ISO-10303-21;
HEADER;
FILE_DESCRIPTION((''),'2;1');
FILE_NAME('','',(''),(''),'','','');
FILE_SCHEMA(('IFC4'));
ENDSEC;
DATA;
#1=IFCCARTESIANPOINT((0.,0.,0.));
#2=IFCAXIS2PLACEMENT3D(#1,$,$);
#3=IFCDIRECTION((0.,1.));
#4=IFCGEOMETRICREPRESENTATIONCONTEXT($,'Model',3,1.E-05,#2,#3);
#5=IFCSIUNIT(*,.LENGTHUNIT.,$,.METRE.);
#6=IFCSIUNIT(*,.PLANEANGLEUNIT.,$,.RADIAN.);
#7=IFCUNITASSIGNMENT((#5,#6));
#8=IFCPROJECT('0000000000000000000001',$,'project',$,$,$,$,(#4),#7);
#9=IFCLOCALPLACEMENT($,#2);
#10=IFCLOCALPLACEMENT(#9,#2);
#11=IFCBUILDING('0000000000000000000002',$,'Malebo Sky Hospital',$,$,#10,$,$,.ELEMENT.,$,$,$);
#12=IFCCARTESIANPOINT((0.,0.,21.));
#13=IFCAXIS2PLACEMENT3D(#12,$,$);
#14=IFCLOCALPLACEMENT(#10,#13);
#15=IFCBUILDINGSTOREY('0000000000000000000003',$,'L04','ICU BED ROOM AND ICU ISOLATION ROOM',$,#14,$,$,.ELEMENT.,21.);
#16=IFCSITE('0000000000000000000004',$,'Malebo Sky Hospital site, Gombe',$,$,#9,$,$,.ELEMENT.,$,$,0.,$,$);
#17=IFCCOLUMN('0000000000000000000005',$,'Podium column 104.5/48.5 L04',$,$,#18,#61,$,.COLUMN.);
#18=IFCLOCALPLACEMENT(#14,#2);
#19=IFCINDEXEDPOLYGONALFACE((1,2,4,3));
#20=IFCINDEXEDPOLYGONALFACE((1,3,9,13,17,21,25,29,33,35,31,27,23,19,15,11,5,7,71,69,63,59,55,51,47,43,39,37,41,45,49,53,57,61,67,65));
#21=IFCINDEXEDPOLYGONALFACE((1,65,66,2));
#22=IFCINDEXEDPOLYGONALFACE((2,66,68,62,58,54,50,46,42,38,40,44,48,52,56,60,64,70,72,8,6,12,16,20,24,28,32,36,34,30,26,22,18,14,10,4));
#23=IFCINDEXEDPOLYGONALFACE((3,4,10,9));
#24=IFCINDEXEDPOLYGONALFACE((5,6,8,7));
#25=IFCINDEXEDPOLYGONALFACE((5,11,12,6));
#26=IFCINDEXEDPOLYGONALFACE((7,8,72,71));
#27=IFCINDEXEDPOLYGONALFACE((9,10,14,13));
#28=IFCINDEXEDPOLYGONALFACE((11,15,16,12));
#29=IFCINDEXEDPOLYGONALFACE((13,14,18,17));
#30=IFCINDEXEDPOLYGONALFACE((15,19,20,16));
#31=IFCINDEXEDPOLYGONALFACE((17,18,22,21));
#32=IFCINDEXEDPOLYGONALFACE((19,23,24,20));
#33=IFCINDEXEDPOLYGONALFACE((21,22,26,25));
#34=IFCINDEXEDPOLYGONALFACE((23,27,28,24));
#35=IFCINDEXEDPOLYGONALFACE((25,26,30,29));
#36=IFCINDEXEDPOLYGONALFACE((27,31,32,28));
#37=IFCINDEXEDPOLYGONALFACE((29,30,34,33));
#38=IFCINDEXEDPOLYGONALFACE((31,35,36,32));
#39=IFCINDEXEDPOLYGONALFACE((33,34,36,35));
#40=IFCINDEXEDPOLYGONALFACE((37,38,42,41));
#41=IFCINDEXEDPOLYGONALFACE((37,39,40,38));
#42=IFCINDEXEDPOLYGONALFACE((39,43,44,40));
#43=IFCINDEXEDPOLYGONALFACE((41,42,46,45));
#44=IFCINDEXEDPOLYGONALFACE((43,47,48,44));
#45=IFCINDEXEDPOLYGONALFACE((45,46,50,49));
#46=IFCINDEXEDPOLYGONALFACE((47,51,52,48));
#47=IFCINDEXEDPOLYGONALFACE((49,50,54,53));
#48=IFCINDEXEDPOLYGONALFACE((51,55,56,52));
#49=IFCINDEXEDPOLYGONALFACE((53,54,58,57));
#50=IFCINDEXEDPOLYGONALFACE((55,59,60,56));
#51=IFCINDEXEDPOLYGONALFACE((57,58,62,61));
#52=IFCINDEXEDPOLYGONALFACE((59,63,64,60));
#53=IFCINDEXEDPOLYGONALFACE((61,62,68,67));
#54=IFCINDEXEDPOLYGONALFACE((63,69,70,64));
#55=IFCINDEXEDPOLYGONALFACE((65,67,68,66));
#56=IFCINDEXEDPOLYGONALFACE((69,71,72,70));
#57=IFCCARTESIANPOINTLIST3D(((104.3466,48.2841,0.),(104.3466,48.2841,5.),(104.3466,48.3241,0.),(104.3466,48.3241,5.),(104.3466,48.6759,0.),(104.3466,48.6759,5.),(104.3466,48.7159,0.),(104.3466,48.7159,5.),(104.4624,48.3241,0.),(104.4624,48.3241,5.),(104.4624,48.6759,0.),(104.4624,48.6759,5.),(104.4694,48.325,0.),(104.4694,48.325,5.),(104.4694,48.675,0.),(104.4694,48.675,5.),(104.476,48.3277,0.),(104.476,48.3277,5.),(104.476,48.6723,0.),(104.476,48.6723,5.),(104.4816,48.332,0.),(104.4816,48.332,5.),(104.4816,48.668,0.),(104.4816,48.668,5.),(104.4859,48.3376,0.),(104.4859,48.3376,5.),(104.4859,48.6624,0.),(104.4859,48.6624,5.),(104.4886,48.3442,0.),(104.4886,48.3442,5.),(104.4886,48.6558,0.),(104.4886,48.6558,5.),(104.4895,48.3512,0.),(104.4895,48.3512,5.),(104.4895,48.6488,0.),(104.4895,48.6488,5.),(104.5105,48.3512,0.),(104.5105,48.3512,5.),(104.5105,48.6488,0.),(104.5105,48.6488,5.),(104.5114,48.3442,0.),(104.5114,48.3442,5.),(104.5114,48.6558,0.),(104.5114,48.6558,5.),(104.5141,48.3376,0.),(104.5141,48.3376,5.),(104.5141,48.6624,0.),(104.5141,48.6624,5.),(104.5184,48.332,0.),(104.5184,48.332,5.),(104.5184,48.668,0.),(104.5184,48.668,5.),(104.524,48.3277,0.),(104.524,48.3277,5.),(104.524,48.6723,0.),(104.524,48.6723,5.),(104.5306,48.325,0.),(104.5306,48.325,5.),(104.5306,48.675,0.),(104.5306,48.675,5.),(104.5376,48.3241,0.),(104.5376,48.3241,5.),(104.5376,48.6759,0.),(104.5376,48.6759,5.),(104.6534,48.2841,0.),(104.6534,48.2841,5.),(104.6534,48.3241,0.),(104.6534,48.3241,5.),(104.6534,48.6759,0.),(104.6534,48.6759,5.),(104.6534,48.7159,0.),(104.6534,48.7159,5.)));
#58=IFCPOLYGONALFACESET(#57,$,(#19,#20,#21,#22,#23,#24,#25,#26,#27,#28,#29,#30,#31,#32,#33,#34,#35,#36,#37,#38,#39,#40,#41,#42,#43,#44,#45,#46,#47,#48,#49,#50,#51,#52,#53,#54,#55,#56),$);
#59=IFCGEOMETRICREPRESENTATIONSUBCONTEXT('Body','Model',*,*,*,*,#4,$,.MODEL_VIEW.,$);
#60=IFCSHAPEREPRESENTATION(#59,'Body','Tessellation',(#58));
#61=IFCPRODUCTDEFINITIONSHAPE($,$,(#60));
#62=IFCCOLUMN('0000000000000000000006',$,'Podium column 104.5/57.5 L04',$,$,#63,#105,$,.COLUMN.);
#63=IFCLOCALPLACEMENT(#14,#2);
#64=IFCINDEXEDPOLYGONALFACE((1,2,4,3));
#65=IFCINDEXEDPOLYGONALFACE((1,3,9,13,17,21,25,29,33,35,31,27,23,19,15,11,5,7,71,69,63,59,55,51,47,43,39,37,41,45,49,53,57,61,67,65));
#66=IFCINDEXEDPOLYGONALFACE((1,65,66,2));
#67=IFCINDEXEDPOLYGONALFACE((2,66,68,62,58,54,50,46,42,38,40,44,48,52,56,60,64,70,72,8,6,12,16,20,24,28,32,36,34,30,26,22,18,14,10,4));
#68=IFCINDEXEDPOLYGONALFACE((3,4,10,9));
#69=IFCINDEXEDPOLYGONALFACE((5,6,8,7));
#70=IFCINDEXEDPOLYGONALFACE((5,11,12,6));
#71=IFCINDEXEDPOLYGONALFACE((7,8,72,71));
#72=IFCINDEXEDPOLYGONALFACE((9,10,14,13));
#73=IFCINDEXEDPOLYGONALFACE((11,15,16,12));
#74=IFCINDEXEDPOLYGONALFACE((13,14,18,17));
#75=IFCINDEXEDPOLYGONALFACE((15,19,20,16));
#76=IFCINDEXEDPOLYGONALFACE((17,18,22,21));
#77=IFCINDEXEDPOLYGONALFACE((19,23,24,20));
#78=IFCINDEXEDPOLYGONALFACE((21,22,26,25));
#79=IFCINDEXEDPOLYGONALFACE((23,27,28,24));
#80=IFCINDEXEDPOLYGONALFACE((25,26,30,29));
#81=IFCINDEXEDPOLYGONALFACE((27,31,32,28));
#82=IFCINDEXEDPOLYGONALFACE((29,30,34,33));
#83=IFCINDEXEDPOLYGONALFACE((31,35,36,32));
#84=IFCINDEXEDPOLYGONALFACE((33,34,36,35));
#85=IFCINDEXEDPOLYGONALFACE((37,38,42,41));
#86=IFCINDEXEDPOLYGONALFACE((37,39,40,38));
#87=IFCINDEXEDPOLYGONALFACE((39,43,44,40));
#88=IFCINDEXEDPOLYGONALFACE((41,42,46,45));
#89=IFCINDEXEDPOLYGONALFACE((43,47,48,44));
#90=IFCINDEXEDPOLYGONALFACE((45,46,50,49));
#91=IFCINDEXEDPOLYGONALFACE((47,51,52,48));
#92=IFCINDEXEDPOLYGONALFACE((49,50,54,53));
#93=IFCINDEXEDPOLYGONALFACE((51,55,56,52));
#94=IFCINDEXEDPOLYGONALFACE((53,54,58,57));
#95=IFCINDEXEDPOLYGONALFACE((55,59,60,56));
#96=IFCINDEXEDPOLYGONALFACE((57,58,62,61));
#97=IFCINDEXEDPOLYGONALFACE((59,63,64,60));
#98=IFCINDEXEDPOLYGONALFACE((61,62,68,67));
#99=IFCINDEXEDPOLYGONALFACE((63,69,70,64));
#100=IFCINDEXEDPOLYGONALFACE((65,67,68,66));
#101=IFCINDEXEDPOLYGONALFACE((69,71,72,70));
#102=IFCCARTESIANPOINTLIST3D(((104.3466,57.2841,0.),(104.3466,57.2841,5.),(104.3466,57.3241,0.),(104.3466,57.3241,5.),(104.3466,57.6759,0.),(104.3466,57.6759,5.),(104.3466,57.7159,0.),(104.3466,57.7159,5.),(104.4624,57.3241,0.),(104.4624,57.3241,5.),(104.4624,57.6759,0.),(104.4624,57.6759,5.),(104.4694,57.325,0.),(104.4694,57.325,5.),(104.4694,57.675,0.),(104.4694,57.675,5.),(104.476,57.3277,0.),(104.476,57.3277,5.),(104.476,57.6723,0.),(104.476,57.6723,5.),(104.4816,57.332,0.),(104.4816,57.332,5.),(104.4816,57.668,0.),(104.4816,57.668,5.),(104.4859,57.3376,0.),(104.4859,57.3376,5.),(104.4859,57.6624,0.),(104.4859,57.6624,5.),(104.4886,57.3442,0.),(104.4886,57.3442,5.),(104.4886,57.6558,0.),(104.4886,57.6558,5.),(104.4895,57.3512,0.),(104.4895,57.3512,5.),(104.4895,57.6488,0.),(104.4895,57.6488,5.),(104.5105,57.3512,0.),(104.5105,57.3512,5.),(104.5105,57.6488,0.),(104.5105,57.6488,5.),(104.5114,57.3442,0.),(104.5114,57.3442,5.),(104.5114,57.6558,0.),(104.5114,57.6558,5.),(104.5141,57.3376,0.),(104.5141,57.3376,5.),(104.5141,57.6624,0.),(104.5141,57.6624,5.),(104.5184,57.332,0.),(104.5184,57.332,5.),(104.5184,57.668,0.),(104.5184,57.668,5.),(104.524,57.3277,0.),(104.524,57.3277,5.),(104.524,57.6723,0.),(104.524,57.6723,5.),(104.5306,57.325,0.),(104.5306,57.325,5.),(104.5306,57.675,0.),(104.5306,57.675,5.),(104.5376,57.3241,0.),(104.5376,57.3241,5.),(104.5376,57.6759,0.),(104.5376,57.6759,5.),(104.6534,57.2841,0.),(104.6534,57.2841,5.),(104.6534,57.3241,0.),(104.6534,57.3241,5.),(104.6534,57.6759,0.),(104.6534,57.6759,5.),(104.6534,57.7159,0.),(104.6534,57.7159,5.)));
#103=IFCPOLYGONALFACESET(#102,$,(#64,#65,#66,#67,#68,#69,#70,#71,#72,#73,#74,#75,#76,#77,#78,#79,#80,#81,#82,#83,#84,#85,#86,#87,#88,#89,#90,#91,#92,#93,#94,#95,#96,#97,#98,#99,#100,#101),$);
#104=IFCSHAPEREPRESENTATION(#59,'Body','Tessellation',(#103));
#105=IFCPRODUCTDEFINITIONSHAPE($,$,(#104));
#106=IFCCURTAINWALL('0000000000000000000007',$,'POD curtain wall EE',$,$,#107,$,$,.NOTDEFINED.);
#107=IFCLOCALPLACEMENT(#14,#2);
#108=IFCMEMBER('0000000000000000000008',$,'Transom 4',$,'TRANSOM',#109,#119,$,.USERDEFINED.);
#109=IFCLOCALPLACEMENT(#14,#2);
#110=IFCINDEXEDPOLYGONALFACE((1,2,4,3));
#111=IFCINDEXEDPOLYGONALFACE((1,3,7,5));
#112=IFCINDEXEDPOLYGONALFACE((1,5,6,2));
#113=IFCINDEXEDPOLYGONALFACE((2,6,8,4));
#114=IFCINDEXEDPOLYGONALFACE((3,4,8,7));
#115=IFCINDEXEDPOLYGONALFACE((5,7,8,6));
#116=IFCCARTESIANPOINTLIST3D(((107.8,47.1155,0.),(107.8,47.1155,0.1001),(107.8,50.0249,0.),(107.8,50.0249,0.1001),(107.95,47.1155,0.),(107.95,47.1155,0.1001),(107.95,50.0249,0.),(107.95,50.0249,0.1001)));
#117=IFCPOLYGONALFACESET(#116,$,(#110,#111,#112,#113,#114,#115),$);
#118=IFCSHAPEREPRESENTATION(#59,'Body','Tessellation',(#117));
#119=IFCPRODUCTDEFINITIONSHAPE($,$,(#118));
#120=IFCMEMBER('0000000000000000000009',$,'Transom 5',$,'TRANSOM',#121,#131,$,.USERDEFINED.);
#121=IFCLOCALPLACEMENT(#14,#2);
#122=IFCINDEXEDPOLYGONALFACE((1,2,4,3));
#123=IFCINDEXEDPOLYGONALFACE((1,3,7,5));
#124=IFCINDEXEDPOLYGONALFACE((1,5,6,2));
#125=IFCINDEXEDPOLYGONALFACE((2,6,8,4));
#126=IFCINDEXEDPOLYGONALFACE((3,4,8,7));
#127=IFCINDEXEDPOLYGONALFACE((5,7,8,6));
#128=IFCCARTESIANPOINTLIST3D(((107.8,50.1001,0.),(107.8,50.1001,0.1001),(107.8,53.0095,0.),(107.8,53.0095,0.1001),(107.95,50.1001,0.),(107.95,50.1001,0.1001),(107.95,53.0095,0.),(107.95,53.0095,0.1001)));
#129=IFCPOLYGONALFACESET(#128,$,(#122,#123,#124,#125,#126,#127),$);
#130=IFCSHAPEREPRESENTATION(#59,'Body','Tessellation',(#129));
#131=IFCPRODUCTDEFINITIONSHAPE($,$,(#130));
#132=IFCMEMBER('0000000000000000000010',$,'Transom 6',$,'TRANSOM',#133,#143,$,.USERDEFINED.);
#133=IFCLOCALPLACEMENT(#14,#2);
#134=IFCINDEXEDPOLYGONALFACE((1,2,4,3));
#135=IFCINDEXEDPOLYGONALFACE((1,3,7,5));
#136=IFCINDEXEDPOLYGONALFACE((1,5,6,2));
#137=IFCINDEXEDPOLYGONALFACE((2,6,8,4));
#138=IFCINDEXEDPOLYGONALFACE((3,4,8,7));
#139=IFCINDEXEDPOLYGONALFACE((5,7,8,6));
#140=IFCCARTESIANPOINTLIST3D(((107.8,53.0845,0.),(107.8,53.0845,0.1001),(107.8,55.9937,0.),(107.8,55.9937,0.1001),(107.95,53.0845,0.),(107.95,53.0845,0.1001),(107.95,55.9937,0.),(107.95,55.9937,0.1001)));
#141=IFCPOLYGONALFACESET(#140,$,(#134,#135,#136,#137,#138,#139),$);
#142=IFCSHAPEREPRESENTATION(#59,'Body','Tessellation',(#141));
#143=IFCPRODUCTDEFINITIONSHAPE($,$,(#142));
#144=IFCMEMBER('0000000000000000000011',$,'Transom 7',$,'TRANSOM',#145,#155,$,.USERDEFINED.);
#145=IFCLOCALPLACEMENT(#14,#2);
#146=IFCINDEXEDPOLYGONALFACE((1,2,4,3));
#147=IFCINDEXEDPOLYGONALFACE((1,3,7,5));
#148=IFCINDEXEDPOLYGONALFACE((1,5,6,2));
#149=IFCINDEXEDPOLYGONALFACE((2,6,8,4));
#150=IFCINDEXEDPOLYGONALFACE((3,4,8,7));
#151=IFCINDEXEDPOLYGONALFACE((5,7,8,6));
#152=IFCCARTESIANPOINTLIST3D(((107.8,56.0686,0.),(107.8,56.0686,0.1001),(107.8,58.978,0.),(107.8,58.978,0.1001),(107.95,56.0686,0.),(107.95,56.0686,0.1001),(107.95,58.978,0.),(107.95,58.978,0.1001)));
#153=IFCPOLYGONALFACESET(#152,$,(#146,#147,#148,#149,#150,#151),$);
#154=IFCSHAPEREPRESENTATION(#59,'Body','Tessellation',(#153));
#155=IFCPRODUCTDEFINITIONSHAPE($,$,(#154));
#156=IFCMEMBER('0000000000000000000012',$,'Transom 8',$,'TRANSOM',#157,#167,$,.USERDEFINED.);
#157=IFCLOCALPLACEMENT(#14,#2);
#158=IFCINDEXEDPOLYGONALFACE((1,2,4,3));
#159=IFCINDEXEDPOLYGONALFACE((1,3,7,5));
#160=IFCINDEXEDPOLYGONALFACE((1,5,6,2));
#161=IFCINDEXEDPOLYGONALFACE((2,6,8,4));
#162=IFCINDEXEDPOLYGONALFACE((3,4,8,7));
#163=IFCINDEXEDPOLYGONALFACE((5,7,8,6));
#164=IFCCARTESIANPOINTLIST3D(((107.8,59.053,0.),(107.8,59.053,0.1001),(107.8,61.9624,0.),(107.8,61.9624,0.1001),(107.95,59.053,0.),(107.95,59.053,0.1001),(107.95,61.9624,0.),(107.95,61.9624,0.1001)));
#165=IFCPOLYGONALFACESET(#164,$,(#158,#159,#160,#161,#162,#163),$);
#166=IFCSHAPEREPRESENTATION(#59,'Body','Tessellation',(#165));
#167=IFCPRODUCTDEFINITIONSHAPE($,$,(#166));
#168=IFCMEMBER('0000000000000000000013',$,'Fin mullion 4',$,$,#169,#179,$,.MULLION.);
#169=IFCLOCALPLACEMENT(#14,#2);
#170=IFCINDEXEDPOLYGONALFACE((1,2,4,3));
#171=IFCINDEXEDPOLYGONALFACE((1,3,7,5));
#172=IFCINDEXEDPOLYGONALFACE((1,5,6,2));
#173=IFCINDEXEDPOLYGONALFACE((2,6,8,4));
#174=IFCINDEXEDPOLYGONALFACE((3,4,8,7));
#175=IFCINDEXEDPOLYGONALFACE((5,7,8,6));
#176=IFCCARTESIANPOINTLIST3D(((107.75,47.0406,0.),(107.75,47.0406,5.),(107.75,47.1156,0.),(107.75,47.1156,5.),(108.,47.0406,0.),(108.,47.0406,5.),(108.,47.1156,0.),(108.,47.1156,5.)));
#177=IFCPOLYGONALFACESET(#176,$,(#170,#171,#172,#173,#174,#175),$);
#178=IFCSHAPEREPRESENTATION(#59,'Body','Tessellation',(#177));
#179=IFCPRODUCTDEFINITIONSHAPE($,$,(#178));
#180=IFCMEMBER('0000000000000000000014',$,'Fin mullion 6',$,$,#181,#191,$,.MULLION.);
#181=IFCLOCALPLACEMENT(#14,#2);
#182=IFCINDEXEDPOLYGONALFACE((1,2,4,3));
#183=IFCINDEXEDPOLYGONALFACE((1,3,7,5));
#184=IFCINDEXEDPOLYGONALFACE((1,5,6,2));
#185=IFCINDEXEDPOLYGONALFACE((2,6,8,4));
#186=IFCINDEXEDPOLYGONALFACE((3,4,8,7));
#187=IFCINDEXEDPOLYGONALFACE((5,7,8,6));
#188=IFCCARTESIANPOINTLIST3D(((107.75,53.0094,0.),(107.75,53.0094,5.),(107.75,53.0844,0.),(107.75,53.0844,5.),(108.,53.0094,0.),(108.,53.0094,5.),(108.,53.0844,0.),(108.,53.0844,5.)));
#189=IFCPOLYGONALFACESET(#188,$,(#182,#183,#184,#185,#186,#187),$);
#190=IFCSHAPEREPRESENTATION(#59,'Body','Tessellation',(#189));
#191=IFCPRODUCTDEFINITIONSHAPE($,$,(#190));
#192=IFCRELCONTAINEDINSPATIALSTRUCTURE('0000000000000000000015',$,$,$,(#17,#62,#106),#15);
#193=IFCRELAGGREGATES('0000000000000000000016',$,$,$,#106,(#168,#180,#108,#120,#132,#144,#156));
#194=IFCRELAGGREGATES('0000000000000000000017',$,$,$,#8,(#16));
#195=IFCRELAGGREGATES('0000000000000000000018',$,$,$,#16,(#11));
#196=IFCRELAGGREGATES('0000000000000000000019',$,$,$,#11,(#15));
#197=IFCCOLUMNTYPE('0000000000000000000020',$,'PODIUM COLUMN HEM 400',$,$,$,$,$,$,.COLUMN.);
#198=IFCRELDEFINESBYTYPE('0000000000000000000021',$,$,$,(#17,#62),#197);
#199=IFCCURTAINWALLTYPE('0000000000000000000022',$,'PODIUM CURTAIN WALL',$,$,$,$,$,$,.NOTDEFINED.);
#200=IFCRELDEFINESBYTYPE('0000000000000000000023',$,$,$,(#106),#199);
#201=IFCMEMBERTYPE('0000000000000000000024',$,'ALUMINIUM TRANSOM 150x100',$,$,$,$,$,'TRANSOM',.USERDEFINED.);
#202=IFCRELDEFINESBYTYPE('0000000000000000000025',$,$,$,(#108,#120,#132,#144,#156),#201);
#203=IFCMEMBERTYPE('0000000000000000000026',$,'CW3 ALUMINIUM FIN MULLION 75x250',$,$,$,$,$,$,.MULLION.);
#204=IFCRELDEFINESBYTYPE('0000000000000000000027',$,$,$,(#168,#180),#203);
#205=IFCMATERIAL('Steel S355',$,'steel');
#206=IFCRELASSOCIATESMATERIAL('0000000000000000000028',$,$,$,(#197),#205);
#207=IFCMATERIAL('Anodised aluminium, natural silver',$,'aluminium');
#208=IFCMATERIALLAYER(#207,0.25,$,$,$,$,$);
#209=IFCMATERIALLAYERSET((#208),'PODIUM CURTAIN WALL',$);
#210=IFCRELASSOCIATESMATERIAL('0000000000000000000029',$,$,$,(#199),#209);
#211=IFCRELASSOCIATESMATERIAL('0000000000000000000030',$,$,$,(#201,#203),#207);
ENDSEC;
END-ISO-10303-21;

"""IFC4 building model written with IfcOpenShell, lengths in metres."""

from ifc_helpers import new_model, si_unit, direction, frame, origin, origin_2d, place, context, subcontext, project, spatial, rectangle, i_section, extrude, material, layer, layer_set, material_profile, profile_set, type_object, element, aggregate, save


model = new_model("IFC4")

# Units and contexts
model_context = context("Model", 3, precision=1e-05, world=origin(), true_north=direction((0.0, 1.0)))
body_context = subcontext(model_context, "Body", "Model", "MODEL_VIEW")
ifc_project = project(units=[si_unit("LENGTHUNIT", "METRE"), si_unit("PLANEANGLEUNIT", "RADIAN")], contexts=[model_context])

# Site, building, storey
site_placement = place(None, origin())
site = spatial("IfcSite", under=ifc_project, at=site_placement, Name="Malebo Sky Hospital site, Gombe", CompositionType="ELEMENT", RefElevation=0.0)
building_placement = place(site_placement, origin())
building = spatial("IfcBuilding", under=site, at=building_placement, Name="Malebo Sky Hospital", CompositionType="ELEMENT")
storey_placement = place(building_placement, frame((0.0, 0.0, 21.0)))
storey = spatial("IfcBuildingStorey", under=building, at=storey_placement, Name="L04", Description="ICU BED ROOM AND ICU ISOLATION ROOM", CompositionType="ELEMENT", Elevation=21.0)

# Columns
ifc_material_1 = material(Name="Steel S355", Category="steel")
ifc_material_profile_1 = material_profile(ifc_material_1, i_section(OverallWidth=0.3069, OverallDepth=0.4319, WebThickness=0.021, FlangeThickness=0.04, FilletRadius=0.0271, at=origin_2d()), Name="HEM 400")
ifc_profile_set_1 = profile_set([ifc_material_profile_1], Name="Steel S355")
column_type = type_object("IfcColumnType", Name="PODIUM COLUMN HEM 400", PredefinedType="COLUMN", material=ifc_profile_set_1)
for number, where, z_axis, x_axis, name in (
    (1, (104.5, 48.5, 0.0), (0.0, 0.0, 1.0), (1.0, 0.0, 0.0), "Podium column 104.5/48.5 L04"),
    (2, (104.5, 57.5, 0.0), (0.0, 0.0, 1.0), (1.0, 0.0, 0.0), "Podium column 104.5/57.5 L04"),
):
    element("IfcColumn", number, at=place(storey_placement, frame(where, z_axis=z_axis, x_axis=x_axis)), inside=storey, type_object=column_type, Name=name, PredefinedType="COLUMN", context=body_context, shape_type="SweptSolid", body=[
        extrude(i_section(OverallWidth=0.3069, OverallDepth=0.4319, WebThickness=0.021, FlangeThickness=0.04, FilletRadius=0.0271, at=origin_2d()), origin(), (0.0, 0.0, 1.0), 5.0),
    ])

# Curtain wall, members
ifc_material_2 = material(Name="Anodised aluminium, natural silver", Category="aluminium")
ifc_layer_1 = layer(ifc_material_2, 0.25)
ifc_layer_set_1 = layer_set([ifc_layer_1], Name="PODIUM CURTAIN WALL")
curtain_wall_type = type_object("IfcCurtainWallType", Name="PODIUM CURTAIN WALL", PredefinedType="NOTDEFINED", material=ifc_layer_set_1)
curtain_wall_placement = place(storey_placement, origin())
curtain_wall = element("IfcCurtainWall", 3, at=curtain_wall_placement, inside=storey, type_object=curtain_wall_type, Name="POD curtain wall EE", PredefinedType="NOTDEFINED")
ifc_material_profile_2 = material_profile(ifc_material_2, rectangle(XDim=0.1499, YDim=0.1001, at=origin_2d()), Name="ALUMINIUM TRANSOM 150x100")
ifc_profile_set_2 = profile_set([ifc_material_profile_2], Name="Anodised aluminium, natural silver")
member_type_1 = type_object("IfcMemberType", Name="ALUMINIUM TRANSOM 150x100", ElementType="TRANSOM", PredefinedType="USERDEFINED", material=ifc_profile_set_2)
member_1_placement = place(storey_placement, frame((107.875, 47.1155, 0.05), z_axis=(0.0, 1.0, 0.0), x_axis=(-1.0, 0.0, 0.0)))
member_1 = element("IfcMember", 4, at=member_1_placement, type_object=member_type_1, Name="Transom 4", ObjectType="TRANSOM", PredefinedType="USERDEFINED", context=body_context, shape_type="SweptSolid", body=[
    extrude(rectangle(XDim=0.1499, YDim=0.1001, at=origin_2d()), origin(), (0.0, 0.0, 1.0), 2.9094),
])
member_2_placement = place(storey_placement, frame((107.875, 50.1001, 0.05), z_axis=(0.0, 1.0, 0.0), x_axis=(-1.0, 0.0, 0.0)))
member_2 = element("IfcMember", 5, at=member_2_placement, type_object=member_type_1, Name="Transom 5", ObjectType="TRANSOM", PredefinedType="USERDEFINED", context=body_context, shape_type="SweptSolid", body=[
    extrude(rectangle(XDim=0.1499, YDim=0.1001, at=origin_2d()), origin(), (0.0, 0.0, 1.0), 2.9094),
])
member_3_placement = place(storey_placement, frame((107.875, 53.0845, 0.05), z_axis=(0.0, 1.0, 0.0), x_axis=(-1.0, 0.0, 0.0)))
member_3 = element("IfcMember", 6, at=member_3_placement, type_object=member_type_1, Name="Transom 6", ObjectType="TRANSOM", PredefinedType="USERDEFINED", context=body_context, shape_type="SweptSolid", body=[
    extrude(rectangle(XDim=0.1499, YDim=0.1001, at=origin_2d()), origin(), (0.0, 0.0, 1.0), 2.9092),
])
member_4_placement = place(storey_placement, frame((107.875, 56.0686, 0.05), z_axis=(0.0, 1.0, 0.0), x_axis=(-1.0, 0.0, 0.0)))
member_4 = element("IfcMember", 7, at=member_4_placement, type_object=member_type_1, Name="Transom 7", ObjectType="TRANSOM", PredefinedType="USERDEFINED", context=body_context, shape_type="SweptSolid", body=[
    extrude(rectangle(XDim=0.1499, YDim=0.1001, at=origin_2d()), origin(), (0.0, 0.0, 1.0), 2.9094),
])
member_5_placement = place(storey_placement, frame((107.875, 59.053, 0.05), z_axis=(0.0, 1.0, 0.0), x_axis=(-1.0, 0.0, 0.0)))
member_5 = element("IfcMember", 8, at=member_5_placement, type_object=member_type_1, Name="Transom 8", ObjectType="TRANSOM", PredefinedType="USERDEFINED", context=body_context, shape_type="SweptSolid", body=[
    extrude(rectangle(XDim=0.1499, YDim=0.1001, at=origin_2d()), origin(), (0.0, 0.0, 1.0), 2.9094),
])
ifc_material_profile_3 = material_profile(ifc_material_2, rectangle(XDim=0.075, YDim=0.25, at=origin_2d()), Name="CW3 ALUMINIUM FIN MULLION 75x250")
ifc_profile_set_3 = profile_set([ifc_material_profile_3], Name="Anodised aluminium, natural silver")
member_type_2 = type_object("IfcMemberType", Name="CW3 ALUMINIUM FIN MULLION 75x250", PredefinedType="MULLION", material=ifc_profile_set_3)
member_6_placement = place(storey_placement, frame((107.875, 47.0781, 0.0), z_axis=(0.0, 0.0, 1.0), x_axis=(0.0, 1.0, 0.0)))
member_6 = element("IfcMember", 9, at=member_6_placement, type_object=member_type_2, Name="Fin mullion 4", PredefinedType="MULLION", context=body_context, shape_type="SweptSolid", body=[
    extrude(rectangle(XDim=0.075, YDim=0.25, at=origin_2d()), origin(), (0.0, 0.0, 1.0), 5.0),
])
member_7_placement = place(storey_placement, frame((107.875, 53.0469, 0.0), z_axis=(0.0, 0.0, 1.0), x_axis=(0.0, 1.0, 0.0)))
member_7 = element("IfcMember", 10, at=member_7_placement, type_object=member_type_2, Name="Fin mullion 6", PredefinedType="MULLION", context=body_context, shape_type="SweptSolid", body=[
    extrude(rectangle(XDim=0.075, YDim=0.25, at=origin_2d()), origin(), (0.0, 0.0, 1.0), 5.0),
])

aggregate(curtain_wall, [member_6, member_7, member_1, member_2, member_3, member_4, member_5])

save(model, "model.ifc")
